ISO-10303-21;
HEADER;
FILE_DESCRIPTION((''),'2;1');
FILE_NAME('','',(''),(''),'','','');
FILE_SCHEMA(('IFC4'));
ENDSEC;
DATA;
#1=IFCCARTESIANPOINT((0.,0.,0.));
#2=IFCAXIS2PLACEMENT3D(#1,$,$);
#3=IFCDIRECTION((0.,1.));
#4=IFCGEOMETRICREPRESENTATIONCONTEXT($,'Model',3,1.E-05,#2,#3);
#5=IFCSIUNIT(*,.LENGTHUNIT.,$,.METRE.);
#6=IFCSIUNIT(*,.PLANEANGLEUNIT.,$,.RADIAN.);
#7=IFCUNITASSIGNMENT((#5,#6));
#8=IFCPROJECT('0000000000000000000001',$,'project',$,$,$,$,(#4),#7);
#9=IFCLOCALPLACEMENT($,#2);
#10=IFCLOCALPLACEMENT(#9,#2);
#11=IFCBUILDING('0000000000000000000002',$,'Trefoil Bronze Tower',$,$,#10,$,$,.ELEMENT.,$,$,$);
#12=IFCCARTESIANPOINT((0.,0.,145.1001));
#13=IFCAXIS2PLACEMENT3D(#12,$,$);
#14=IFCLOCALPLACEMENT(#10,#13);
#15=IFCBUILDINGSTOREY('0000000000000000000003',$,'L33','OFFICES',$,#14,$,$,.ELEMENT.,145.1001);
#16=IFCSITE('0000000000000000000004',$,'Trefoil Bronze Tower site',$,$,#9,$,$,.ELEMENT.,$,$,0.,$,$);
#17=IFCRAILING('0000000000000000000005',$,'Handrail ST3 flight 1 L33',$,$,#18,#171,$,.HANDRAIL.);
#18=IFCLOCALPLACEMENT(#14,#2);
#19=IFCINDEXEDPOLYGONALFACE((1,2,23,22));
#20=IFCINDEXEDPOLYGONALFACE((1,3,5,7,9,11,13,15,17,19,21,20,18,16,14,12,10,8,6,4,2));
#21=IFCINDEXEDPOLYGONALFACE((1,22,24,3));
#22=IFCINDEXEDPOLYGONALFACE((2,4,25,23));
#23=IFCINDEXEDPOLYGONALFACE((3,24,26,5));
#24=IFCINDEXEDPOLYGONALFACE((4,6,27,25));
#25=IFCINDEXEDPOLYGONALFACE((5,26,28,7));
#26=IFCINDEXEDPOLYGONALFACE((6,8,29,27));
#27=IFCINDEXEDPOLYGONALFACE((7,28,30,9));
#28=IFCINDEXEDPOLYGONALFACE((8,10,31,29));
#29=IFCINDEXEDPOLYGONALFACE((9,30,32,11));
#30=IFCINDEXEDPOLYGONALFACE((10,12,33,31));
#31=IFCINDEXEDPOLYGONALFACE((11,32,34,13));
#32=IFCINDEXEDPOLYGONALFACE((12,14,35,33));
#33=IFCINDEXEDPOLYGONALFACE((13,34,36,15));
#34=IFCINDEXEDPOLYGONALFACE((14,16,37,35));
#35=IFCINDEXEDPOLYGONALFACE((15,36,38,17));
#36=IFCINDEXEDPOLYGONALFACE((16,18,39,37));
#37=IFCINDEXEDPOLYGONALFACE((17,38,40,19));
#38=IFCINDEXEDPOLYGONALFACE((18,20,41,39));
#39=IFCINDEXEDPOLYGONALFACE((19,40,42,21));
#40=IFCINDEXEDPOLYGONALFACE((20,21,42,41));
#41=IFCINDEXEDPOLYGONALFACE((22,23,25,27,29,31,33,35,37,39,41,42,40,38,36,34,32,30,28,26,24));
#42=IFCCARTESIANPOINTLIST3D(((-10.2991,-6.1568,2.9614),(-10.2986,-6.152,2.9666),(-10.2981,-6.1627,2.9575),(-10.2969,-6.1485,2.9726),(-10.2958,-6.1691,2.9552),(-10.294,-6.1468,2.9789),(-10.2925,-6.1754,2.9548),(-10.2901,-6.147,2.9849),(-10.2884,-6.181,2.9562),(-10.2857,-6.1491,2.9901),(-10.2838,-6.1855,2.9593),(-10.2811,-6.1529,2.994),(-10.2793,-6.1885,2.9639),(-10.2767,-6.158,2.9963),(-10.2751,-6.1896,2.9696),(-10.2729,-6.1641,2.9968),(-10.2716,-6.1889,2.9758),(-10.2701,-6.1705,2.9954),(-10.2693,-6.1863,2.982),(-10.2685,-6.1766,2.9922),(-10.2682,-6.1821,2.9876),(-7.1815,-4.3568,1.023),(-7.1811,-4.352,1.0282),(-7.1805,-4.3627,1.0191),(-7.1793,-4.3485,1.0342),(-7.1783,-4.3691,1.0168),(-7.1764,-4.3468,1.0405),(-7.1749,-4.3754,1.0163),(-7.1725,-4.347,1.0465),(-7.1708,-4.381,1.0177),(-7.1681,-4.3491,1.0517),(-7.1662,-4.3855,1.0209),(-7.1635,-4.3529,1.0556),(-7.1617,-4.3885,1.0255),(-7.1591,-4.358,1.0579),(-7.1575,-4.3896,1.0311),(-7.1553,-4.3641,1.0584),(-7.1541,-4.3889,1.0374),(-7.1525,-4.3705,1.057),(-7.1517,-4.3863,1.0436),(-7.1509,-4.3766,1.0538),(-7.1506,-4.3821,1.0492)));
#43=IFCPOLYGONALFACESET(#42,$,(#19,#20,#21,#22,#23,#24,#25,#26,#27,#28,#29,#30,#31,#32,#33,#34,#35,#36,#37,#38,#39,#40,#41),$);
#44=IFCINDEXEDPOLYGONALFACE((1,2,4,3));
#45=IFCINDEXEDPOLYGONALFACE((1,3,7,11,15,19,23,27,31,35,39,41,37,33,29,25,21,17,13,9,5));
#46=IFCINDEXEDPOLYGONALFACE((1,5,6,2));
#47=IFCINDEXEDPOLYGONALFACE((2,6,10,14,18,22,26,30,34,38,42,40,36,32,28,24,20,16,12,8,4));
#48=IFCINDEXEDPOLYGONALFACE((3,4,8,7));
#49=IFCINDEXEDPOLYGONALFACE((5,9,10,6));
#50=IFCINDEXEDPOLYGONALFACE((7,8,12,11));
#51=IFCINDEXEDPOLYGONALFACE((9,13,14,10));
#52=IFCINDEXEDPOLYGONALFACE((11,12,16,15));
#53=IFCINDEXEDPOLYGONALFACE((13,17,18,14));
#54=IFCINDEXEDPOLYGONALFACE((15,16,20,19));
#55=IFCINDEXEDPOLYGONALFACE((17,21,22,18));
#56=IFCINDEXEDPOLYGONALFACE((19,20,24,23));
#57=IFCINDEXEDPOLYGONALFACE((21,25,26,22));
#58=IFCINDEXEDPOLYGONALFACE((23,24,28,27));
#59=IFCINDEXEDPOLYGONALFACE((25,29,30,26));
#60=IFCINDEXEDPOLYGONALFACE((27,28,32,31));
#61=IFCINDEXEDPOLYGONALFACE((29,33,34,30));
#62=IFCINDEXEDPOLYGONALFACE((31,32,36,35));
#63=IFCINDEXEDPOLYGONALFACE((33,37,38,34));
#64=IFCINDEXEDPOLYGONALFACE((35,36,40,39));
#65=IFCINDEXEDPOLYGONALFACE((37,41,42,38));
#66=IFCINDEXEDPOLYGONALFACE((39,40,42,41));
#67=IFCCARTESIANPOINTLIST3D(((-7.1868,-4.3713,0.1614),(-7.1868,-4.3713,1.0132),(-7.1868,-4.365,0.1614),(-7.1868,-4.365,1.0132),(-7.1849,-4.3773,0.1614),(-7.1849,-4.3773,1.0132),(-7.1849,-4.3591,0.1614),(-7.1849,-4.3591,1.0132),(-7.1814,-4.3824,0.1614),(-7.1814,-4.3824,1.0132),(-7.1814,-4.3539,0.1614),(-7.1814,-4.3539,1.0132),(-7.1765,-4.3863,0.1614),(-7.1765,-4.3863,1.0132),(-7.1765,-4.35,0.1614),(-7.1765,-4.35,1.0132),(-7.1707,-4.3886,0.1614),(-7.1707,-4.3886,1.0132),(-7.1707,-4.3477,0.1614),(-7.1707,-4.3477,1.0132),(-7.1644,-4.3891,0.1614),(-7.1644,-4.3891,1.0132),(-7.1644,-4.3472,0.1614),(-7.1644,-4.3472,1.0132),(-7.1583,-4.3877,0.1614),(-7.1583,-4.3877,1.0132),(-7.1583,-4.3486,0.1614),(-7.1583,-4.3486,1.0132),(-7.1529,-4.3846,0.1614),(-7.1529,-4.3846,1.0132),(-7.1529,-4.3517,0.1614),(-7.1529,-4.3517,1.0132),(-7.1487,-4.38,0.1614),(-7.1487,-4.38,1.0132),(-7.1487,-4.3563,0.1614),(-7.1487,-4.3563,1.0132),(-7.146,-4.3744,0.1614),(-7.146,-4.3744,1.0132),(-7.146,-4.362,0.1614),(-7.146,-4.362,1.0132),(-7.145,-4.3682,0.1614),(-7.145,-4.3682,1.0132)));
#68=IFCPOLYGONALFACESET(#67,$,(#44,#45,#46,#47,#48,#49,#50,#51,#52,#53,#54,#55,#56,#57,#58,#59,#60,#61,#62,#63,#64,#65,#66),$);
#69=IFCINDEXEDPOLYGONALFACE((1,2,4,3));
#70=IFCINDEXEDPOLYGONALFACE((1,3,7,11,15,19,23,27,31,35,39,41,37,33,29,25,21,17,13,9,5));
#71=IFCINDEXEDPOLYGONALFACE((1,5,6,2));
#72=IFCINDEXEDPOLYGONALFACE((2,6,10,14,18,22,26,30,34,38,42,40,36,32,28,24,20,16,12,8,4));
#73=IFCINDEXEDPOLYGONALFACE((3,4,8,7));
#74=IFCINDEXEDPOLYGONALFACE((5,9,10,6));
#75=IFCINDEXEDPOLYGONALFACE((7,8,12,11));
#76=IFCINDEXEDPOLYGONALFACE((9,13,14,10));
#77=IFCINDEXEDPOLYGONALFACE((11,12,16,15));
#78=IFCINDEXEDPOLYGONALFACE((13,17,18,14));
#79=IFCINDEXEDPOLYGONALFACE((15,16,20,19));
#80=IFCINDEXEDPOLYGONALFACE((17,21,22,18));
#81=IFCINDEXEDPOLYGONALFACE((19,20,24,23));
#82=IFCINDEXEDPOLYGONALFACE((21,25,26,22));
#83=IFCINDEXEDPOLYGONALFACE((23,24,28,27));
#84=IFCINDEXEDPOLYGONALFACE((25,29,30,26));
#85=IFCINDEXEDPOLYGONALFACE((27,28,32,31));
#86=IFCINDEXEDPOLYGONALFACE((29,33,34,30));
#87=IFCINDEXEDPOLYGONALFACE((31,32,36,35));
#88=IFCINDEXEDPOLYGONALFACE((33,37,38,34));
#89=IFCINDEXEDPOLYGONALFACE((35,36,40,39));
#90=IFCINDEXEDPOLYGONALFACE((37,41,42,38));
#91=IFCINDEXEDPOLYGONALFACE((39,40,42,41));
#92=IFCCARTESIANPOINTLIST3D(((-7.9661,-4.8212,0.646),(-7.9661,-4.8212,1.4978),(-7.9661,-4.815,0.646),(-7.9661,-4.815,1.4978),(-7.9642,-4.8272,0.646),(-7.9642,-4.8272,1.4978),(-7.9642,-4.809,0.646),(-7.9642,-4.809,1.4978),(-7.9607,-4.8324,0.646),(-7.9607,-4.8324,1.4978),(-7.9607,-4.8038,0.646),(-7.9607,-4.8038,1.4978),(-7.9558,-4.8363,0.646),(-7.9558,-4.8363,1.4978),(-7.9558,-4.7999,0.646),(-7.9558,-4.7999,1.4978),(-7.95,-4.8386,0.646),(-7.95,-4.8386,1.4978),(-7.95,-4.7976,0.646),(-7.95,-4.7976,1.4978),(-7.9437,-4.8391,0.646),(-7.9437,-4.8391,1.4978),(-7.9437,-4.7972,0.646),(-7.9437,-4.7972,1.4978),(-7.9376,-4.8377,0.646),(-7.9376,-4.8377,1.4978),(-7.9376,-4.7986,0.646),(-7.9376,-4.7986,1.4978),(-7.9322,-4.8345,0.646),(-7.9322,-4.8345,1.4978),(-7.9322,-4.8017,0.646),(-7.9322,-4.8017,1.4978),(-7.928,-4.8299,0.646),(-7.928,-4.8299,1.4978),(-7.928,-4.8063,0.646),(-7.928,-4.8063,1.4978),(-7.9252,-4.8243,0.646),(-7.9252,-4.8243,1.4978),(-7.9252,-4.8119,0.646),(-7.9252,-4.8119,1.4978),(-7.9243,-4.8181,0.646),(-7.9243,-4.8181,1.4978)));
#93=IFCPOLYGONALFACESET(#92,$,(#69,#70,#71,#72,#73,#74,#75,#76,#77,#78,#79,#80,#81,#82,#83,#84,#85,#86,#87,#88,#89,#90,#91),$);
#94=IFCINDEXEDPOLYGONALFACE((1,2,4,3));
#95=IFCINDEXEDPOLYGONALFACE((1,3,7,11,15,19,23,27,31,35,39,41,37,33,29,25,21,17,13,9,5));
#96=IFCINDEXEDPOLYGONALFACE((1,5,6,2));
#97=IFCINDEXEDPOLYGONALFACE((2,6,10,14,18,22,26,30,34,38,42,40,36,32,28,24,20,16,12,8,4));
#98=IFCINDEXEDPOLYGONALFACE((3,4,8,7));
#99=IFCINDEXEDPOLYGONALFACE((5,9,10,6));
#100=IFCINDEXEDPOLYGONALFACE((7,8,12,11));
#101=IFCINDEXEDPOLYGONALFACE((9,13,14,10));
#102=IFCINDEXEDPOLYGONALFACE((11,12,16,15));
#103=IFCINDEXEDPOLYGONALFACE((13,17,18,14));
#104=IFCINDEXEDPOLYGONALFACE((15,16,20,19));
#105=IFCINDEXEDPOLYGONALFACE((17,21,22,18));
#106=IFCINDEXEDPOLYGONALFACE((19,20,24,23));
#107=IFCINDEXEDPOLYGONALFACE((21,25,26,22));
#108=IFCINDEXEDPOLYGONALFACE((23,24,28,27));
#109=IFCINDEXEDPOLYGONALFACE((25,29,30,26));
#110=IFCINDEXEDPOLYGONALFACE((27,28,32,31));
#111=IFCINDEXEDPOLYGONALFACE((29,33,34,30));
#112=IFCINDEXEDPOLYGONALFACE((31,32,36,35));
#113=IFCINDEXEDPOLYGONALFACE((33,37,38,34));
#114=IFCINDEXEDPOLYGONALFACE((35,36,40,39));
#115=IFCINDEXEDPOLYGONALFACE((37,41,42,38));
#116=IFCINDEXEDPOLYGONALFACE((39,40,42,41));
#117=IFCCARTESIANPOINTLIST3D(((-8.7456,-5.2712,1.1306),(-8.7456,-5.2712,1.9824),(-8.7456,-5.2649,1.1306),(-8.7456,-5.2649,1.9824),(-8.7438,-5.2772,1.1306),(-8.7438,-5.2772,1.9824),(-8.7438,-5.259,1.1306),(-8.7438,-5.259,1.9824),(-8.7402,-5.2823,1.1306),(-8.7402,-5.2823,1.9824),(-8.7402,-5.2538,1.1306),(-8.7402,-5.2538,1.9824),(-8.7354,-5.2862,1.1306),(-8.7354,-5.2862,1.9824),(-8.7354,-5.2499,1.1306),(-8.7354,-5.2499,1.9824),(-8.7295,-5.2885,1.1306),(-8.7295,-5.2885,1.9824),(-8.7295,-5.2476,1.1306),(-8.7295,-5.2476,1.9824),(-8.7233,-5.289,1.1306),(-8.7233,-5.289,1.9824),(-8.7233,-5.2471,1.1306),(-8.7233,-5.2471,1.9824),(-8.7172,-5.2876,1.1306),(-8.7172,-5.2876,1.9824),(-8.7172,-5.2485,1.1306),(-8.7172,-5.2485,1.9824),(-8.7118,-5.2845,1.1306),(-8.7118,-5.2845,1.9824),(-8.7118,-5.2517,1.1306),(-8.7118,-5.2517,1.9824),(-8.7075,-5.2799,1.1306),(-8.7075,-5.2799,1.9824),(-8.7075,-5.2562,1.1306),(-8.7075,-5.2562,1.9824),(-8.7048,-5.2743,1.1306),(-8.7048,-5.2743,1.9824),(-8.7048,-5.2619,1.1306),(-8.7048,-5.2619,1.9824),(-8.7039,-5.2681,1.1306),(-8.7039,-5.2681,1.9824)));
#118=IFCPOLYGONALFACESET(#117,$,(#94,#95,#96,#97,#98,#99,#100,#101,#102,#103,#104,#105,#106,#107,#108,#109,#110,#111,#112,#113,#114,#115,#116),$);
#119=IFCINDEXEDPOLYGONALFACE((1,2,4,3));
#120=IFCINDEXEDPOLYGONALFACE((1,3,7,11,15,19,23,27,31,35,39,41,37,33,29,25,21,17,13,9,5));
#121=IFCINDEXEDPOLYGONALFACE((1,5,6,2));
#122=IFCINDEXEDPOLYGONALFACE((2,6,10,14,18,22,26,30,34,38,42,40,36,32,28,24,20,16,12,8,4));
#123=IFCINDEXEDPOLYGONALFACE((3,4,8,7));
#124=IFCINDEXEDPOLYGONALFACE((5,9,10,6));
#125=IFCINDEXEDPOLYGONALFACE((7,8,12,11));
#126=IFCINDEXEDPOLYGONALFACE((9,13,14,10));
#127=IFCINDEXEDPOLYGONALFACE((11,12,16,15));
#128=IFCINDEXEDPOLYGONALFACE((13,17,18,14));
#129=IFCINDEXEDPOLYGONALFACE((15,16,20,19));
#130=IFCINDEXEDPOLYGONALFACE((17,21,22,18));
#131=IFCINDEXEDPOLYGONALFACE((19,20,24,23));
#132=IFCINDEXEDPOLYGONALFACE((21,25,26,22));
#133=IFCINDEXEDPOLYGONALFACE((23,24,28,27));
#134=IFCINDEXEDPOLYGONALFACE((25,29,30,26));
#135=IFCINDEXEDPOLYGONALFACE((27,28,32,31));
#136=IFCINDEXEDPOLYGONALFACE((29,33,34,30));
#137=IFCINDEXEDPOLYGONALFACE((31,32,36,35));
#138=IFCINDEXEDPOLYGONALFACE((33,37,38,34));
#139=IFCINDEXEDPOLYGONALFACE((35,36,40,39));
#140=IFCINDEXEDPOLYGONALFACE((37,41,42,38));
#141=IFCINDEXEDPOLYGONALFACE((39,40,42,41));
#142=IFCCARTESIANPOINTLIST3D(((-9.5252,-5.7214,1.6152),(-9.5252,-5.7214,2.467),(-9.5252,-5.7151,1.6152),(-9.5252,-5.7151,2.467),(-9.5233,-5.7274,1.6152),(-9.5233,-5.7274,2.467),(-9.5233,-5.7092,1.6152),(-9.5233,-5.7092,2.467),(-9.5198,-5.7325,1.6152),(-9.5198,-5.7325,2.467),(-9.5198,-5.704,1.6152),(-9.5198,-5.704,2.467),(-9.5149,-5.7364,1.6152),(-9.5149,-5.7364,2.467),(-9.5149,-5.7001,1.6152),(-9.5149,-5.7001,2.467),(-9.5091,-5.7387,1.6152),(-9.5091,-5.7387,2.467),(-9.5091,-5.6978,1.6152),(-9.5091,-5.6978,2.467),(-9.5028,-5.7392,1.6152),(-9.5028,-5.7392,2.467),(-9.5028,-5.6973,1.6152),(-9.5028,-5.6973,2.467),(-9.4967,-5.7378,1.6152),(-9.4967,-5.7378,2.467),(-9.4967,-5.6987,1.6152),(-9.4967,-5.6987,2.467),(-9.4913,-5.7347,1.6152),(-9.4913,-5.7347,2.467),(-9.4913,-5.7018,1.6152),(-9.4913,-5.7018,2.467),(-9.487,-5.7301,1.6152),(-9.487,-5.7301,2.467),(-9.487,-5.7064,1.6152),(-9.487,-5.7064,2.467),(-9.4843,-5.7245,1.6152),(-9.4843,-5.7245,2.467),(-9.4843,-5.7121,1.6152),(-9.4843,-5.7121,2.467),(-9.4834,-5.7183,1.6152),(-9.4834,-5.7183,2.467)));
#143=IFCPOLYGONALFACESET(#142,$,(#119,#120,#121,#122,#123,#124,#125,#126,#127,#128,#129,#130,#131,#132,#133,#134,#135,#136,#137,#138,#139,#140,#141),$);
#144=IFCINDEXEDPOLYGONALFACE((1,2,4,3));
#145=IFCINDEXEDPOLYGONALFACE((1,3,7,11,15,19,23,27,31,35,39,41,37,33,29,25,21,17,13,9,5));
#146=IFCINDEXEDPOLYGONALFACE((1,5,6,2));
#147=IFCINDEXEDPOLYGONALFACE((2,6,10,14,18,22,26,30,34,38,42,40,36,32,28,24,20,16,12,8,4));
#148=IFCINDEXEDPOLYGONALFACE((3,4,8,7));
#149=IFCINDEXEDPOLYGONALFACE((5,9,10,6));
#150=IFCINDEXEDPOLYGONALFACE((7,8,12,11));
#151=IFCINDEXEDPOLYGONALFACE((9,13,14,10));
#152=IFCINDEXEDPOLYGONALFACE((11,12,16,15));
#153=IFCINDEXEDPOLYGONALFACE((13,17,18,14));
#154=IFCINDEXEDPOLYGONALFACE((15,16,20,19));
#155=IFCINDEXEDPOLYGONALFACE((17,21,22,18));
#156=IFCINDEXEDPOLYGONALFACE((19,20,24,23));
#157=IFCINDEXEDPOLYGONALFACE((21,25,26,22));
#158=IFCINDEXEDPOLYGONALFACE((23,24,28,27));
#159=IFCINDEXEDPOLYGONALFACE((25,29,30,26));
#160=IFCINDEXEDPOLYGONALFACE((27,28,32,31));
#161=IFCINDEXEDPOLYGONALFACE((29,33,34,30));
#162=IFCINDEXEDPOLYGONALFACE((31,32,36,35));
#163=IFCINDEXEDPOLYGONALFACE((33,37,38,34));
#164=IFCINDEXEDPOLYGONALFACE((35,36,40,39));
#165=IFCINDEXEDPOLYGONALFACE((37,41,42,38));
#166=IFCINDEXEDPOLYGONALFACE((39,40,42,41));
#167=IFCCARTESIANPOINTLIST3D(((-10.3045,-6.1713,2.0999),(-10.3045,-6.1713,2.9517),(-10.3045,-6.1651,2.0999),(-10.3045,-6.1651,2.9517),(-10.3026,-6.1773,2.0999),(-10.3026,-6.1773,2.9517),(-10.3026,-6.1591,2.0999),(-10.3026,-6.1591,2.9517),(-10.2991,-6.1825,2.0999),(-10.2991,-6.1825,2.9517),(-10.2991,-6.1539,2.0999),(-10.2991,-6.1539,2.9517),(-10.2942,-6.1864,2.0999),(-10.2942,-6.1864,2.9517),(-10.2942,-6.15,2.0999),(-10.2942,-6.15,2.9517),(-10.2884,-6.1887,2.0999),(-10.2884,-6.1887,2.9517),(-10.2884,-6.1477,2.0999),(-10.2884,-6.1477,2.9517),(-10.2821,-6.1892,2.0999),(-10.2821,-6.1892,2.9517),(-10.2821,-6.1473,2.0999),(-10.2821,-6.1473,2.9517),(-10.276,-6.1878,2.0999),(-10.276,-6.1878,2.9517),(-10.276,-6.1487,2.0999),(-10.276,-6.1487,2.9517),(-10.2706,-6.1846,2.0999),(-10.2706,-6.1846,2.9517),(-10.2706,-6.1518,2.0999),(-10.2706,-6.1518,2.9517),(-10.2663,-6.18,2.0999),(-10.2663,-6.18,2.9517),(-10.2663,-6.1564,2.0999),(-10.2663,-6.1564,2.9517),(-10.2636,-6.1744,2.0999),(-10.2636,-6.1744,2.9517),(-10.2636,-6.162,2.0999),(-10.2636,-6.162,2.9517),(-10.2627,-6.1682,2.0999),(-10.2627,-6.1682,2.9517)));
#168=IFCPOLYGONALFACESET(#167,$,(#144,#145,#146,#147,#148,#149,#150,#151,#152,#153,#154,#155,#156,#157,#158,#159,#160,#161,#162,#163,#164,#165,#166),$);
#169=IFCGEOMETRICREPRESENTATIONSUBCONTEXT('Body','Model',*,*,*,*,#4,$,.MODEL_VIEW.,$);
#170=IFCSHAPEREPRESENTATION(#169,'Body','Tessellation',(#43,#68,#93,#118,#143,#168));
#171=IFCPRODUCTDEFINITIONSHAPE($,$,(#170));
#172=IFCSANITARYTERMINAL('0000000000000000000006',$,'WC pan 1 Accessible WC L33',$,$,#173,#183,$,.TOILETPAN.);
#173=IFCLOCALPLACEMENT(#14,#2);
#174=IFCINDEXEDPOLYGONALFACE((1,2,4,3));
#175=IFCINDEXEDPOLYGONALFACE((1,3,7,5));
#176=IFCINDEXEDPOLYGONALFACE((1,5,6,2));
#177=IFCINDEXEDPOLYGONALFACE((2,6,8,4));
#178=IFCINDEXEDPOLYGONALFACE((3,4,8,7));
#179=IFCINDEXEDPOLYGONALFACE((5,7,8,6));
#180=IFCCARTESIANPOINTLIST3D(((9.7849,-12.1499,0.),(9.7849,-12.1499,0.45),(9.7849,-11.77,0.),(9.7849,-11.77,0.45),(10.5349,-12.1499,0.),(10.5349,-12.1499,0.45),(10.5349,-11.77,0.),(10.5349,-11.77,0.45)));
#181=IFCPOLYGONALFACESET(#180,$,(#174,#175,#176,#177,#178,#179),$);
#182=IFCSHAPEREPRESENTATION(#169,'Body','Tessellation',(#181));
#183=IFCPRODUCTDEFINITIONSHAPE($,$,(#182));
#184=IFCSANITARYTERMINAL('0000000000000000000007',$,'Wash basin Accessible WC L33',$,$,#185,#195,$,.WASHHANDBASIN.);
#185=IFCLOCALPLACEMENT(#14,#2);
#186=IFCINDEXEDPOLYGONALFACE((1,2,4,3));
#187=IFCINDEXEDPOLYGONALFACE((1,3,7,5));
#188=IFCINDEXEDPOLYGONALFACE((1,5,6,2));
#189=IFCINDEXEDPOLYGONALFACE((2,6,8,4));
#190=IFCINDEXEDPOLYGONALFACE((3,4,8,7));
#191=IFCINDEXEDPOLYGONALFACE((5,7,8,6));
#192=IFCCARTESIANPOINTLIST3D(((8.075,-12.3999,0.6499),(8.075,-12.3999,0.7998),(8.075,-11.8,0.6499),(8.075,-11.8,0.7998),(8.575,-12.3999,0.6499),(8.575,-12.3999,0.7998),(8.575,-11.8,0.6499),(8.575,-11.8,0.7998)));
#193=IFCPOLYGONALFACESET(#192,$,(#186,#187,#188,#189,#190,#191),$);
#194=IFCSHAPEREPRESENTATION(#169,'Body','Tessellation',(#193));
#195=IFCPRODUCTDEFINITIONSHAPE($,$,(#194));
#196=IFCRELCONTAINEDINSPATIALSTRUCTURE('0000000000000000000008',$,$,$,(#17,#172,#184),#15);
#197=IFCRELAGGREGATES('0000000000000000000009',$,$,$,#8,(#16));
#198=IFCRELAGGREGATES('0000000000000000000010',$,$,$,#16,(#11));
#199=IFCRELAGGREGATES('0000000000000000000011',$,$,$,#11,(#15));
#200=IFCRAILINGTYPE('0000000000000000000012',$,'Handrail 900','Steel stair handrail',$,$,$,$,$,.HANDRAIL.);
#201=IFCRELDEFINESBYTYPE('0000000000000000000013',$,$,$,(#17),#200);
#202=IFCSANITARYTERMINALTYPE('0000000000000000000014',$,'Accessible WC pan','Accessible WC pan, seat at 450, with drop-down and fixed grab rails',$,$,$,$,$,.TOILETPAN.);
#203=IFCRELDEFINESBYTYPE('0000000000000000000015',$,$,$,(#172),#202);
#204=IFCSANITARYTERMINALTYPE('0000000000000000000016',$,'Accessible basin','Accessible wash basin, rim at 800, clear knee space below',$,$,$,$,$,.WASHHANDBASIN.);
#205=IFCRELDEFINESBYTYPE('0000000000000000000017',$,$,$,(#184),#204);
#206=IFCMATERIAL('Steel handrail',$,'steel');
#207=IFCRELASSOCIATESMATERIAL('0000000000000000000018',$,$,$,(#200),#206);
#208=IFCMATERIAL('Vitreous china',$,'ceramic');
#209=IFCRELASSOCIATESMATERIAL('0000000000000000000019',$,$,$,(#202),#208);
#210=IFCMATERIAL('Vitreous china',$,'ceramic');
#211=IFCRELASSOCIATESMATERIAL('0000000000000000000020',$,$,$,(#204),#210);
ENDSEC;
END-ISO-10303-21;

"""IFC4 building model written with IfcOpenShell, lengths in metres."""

from ifc_helpers import new_model, si_unit, direction, frame, origin, origin_2d, place, context, subcontext, project, spatial, polyline, circle, outline, extrude, material, type_object, element, save


model = new_model("IFC4")

# Units and contexts
model_context = context("Model", 3, precision=1e-05, world=origin(), true_north=direction((0.0, 1.0)))
body_context = subcontext(model_context, "Body", "Model", "MODEL_VIEW")
ifc_project = project(units=[si_unit("LENGTHUNIT", "METRE"), si_unit("PLANEANGLEUNIT", "RADIAN")], contexts=[model_context])

# Site, building, storey
site_placement = place(None, origin())
site = spatial("IfcSite", under=ifc_project, at=site_placement, Name="Trefoil Bronze Tower site", CompositionType="ELEMENT", RefElevation=0.0)
building_placement = place(site_placement, origin())
building = spatial("IfcBuilding", under=site, at=building_placement, Name="Trefoil Bronze Tower", CompositionType="ELEMENT")
storey_placement = place(building_placement, frame((0.0, 0.0, 145.1001)))
storey = spatial("IfcBuildingStorey", under=building, at=storey_placement, Name="L33", Description="OFFICES", CompositionType="ELEMENT", Elevation=145.1001)

# Railing
ifc_material_1 = material(Name="Steel handrail", Category="steel")
railing_type = type_object("IfcRailingType", Name="Handrail 900", Description="Steel stair handrail", PredefinedType="HANDRAIL", material=ifc_material_1)
railing_placement = place(storey_placement, frame((-7.166, -4.3682, 0.1614)))
element("IfcRailing", 1, at=railing_placement, inside=storey, type_object=railing_type, Name="Handrail ST3 flight 1 L33", PredefinedType="HANDRAIL", context=body_context, shape_type="SweptSolid", body=[
    extrude(circle(Radius=0.0239, at=origin_2d()), frame((0.0, 0.0, 0.876), z_axis=(-0.762503, -0.440246, 0.474102), x_axis=(0.500012, -0.866018, 0.0)), (0.0, 0.0, 1.0), 4.0886),
    extrude(circle(Radius=0.021, at=origin_2d()), origin(), (0.0, 0.0, 1.0), 0.8518),
    extrude(circle(Radius=0.021, at=origin_2d()), frame((-0.7793, -0.45, 0.4846)), (0.0, 0.0, 1.0), 0.8518),
    extrude(circle(Radius=0.021, at=origin_2d()), frame((-1.5588, -0.8999, 0.9692)), (0.0, 0.0, 1.0), 0.8518),
    extrude(circle(Radius=0.021, at=origin_2d()), frame((-2.3384, -1.3501, 1.4539)), (0.0, 0.0, 1.0), 0.8518),
    extrude(circle(Radius=0.021, at=origin_2d()), frame((-3.1177, -1.8, 1.9385)), (0.0, 0.0, 1.0), 0.8518),
])

# Sanitary terminals
ifc_material_2 = material(Name="Vitreous china", Category="ceramic")
sanitary_terminal_type_1 = type_object("IfcSanitaryTerminalType", Name="Accessible WC pan", Description="Accessible WC pan, seat at 450, with drop-down and fixed grab rails", PredefinedType="TOILETPAN", material=ifc_material_2)
sanitary_terminal_1_placement = place(storey_placement, origin())
element("IfcSanitaryTerminal", 2, at=sanitary_terminal_1_placement, inside=storey, type_object=sanitary_terminal_type_1, Name="WC pan 1 Accessible WC L33", PredefinedType="TOILETPAN", context=body_context, shape_type="SweptSolid", body=[
    extrude(outline(polyline([(9.7849, -11.77), (10.5349, -11.77), (10.5349, -12.1499), (9.7849, -12.1499), (9.7849, -11.77)])), origin(), (0.0, 0.0, 1.0), 0.45),
])
ifc_material_3 = material(Name="Vitreous china", Category="ceramic")
sanitary_terminal_type_2 = type_object("IfcSanitaryTerminalType", Name="Accessible basin", Description="Accessible wash basin, rim at 800, clear knee space below", PredefinedType="WASHHANDBASIN", material=ifc_material_3)
sanitary_terminal_2_placement = place(storey_placement, frame((0.0, 0.0, 0.6499)))
element("IfcSanitaryTerminal", 3, at=sanitary_terminal_2_placement, inside=storey, type_object=sanitary_terminal_type_2, Name="Wash basin Accessible WC L33", PredefinedType="WASHHANDBASIN", context=body_context, shape_type="SweptSolid", body=[
    extrude(outline(polyline([(8.075, -11.8), (8.575, -11.8), (8.575, -12.3999), (8.075, -12.3999), (8.075, -11.8)])), origin(), (0.0, 0.0, 1.0), 0.1499),
])

save(model, "model.ifc")
